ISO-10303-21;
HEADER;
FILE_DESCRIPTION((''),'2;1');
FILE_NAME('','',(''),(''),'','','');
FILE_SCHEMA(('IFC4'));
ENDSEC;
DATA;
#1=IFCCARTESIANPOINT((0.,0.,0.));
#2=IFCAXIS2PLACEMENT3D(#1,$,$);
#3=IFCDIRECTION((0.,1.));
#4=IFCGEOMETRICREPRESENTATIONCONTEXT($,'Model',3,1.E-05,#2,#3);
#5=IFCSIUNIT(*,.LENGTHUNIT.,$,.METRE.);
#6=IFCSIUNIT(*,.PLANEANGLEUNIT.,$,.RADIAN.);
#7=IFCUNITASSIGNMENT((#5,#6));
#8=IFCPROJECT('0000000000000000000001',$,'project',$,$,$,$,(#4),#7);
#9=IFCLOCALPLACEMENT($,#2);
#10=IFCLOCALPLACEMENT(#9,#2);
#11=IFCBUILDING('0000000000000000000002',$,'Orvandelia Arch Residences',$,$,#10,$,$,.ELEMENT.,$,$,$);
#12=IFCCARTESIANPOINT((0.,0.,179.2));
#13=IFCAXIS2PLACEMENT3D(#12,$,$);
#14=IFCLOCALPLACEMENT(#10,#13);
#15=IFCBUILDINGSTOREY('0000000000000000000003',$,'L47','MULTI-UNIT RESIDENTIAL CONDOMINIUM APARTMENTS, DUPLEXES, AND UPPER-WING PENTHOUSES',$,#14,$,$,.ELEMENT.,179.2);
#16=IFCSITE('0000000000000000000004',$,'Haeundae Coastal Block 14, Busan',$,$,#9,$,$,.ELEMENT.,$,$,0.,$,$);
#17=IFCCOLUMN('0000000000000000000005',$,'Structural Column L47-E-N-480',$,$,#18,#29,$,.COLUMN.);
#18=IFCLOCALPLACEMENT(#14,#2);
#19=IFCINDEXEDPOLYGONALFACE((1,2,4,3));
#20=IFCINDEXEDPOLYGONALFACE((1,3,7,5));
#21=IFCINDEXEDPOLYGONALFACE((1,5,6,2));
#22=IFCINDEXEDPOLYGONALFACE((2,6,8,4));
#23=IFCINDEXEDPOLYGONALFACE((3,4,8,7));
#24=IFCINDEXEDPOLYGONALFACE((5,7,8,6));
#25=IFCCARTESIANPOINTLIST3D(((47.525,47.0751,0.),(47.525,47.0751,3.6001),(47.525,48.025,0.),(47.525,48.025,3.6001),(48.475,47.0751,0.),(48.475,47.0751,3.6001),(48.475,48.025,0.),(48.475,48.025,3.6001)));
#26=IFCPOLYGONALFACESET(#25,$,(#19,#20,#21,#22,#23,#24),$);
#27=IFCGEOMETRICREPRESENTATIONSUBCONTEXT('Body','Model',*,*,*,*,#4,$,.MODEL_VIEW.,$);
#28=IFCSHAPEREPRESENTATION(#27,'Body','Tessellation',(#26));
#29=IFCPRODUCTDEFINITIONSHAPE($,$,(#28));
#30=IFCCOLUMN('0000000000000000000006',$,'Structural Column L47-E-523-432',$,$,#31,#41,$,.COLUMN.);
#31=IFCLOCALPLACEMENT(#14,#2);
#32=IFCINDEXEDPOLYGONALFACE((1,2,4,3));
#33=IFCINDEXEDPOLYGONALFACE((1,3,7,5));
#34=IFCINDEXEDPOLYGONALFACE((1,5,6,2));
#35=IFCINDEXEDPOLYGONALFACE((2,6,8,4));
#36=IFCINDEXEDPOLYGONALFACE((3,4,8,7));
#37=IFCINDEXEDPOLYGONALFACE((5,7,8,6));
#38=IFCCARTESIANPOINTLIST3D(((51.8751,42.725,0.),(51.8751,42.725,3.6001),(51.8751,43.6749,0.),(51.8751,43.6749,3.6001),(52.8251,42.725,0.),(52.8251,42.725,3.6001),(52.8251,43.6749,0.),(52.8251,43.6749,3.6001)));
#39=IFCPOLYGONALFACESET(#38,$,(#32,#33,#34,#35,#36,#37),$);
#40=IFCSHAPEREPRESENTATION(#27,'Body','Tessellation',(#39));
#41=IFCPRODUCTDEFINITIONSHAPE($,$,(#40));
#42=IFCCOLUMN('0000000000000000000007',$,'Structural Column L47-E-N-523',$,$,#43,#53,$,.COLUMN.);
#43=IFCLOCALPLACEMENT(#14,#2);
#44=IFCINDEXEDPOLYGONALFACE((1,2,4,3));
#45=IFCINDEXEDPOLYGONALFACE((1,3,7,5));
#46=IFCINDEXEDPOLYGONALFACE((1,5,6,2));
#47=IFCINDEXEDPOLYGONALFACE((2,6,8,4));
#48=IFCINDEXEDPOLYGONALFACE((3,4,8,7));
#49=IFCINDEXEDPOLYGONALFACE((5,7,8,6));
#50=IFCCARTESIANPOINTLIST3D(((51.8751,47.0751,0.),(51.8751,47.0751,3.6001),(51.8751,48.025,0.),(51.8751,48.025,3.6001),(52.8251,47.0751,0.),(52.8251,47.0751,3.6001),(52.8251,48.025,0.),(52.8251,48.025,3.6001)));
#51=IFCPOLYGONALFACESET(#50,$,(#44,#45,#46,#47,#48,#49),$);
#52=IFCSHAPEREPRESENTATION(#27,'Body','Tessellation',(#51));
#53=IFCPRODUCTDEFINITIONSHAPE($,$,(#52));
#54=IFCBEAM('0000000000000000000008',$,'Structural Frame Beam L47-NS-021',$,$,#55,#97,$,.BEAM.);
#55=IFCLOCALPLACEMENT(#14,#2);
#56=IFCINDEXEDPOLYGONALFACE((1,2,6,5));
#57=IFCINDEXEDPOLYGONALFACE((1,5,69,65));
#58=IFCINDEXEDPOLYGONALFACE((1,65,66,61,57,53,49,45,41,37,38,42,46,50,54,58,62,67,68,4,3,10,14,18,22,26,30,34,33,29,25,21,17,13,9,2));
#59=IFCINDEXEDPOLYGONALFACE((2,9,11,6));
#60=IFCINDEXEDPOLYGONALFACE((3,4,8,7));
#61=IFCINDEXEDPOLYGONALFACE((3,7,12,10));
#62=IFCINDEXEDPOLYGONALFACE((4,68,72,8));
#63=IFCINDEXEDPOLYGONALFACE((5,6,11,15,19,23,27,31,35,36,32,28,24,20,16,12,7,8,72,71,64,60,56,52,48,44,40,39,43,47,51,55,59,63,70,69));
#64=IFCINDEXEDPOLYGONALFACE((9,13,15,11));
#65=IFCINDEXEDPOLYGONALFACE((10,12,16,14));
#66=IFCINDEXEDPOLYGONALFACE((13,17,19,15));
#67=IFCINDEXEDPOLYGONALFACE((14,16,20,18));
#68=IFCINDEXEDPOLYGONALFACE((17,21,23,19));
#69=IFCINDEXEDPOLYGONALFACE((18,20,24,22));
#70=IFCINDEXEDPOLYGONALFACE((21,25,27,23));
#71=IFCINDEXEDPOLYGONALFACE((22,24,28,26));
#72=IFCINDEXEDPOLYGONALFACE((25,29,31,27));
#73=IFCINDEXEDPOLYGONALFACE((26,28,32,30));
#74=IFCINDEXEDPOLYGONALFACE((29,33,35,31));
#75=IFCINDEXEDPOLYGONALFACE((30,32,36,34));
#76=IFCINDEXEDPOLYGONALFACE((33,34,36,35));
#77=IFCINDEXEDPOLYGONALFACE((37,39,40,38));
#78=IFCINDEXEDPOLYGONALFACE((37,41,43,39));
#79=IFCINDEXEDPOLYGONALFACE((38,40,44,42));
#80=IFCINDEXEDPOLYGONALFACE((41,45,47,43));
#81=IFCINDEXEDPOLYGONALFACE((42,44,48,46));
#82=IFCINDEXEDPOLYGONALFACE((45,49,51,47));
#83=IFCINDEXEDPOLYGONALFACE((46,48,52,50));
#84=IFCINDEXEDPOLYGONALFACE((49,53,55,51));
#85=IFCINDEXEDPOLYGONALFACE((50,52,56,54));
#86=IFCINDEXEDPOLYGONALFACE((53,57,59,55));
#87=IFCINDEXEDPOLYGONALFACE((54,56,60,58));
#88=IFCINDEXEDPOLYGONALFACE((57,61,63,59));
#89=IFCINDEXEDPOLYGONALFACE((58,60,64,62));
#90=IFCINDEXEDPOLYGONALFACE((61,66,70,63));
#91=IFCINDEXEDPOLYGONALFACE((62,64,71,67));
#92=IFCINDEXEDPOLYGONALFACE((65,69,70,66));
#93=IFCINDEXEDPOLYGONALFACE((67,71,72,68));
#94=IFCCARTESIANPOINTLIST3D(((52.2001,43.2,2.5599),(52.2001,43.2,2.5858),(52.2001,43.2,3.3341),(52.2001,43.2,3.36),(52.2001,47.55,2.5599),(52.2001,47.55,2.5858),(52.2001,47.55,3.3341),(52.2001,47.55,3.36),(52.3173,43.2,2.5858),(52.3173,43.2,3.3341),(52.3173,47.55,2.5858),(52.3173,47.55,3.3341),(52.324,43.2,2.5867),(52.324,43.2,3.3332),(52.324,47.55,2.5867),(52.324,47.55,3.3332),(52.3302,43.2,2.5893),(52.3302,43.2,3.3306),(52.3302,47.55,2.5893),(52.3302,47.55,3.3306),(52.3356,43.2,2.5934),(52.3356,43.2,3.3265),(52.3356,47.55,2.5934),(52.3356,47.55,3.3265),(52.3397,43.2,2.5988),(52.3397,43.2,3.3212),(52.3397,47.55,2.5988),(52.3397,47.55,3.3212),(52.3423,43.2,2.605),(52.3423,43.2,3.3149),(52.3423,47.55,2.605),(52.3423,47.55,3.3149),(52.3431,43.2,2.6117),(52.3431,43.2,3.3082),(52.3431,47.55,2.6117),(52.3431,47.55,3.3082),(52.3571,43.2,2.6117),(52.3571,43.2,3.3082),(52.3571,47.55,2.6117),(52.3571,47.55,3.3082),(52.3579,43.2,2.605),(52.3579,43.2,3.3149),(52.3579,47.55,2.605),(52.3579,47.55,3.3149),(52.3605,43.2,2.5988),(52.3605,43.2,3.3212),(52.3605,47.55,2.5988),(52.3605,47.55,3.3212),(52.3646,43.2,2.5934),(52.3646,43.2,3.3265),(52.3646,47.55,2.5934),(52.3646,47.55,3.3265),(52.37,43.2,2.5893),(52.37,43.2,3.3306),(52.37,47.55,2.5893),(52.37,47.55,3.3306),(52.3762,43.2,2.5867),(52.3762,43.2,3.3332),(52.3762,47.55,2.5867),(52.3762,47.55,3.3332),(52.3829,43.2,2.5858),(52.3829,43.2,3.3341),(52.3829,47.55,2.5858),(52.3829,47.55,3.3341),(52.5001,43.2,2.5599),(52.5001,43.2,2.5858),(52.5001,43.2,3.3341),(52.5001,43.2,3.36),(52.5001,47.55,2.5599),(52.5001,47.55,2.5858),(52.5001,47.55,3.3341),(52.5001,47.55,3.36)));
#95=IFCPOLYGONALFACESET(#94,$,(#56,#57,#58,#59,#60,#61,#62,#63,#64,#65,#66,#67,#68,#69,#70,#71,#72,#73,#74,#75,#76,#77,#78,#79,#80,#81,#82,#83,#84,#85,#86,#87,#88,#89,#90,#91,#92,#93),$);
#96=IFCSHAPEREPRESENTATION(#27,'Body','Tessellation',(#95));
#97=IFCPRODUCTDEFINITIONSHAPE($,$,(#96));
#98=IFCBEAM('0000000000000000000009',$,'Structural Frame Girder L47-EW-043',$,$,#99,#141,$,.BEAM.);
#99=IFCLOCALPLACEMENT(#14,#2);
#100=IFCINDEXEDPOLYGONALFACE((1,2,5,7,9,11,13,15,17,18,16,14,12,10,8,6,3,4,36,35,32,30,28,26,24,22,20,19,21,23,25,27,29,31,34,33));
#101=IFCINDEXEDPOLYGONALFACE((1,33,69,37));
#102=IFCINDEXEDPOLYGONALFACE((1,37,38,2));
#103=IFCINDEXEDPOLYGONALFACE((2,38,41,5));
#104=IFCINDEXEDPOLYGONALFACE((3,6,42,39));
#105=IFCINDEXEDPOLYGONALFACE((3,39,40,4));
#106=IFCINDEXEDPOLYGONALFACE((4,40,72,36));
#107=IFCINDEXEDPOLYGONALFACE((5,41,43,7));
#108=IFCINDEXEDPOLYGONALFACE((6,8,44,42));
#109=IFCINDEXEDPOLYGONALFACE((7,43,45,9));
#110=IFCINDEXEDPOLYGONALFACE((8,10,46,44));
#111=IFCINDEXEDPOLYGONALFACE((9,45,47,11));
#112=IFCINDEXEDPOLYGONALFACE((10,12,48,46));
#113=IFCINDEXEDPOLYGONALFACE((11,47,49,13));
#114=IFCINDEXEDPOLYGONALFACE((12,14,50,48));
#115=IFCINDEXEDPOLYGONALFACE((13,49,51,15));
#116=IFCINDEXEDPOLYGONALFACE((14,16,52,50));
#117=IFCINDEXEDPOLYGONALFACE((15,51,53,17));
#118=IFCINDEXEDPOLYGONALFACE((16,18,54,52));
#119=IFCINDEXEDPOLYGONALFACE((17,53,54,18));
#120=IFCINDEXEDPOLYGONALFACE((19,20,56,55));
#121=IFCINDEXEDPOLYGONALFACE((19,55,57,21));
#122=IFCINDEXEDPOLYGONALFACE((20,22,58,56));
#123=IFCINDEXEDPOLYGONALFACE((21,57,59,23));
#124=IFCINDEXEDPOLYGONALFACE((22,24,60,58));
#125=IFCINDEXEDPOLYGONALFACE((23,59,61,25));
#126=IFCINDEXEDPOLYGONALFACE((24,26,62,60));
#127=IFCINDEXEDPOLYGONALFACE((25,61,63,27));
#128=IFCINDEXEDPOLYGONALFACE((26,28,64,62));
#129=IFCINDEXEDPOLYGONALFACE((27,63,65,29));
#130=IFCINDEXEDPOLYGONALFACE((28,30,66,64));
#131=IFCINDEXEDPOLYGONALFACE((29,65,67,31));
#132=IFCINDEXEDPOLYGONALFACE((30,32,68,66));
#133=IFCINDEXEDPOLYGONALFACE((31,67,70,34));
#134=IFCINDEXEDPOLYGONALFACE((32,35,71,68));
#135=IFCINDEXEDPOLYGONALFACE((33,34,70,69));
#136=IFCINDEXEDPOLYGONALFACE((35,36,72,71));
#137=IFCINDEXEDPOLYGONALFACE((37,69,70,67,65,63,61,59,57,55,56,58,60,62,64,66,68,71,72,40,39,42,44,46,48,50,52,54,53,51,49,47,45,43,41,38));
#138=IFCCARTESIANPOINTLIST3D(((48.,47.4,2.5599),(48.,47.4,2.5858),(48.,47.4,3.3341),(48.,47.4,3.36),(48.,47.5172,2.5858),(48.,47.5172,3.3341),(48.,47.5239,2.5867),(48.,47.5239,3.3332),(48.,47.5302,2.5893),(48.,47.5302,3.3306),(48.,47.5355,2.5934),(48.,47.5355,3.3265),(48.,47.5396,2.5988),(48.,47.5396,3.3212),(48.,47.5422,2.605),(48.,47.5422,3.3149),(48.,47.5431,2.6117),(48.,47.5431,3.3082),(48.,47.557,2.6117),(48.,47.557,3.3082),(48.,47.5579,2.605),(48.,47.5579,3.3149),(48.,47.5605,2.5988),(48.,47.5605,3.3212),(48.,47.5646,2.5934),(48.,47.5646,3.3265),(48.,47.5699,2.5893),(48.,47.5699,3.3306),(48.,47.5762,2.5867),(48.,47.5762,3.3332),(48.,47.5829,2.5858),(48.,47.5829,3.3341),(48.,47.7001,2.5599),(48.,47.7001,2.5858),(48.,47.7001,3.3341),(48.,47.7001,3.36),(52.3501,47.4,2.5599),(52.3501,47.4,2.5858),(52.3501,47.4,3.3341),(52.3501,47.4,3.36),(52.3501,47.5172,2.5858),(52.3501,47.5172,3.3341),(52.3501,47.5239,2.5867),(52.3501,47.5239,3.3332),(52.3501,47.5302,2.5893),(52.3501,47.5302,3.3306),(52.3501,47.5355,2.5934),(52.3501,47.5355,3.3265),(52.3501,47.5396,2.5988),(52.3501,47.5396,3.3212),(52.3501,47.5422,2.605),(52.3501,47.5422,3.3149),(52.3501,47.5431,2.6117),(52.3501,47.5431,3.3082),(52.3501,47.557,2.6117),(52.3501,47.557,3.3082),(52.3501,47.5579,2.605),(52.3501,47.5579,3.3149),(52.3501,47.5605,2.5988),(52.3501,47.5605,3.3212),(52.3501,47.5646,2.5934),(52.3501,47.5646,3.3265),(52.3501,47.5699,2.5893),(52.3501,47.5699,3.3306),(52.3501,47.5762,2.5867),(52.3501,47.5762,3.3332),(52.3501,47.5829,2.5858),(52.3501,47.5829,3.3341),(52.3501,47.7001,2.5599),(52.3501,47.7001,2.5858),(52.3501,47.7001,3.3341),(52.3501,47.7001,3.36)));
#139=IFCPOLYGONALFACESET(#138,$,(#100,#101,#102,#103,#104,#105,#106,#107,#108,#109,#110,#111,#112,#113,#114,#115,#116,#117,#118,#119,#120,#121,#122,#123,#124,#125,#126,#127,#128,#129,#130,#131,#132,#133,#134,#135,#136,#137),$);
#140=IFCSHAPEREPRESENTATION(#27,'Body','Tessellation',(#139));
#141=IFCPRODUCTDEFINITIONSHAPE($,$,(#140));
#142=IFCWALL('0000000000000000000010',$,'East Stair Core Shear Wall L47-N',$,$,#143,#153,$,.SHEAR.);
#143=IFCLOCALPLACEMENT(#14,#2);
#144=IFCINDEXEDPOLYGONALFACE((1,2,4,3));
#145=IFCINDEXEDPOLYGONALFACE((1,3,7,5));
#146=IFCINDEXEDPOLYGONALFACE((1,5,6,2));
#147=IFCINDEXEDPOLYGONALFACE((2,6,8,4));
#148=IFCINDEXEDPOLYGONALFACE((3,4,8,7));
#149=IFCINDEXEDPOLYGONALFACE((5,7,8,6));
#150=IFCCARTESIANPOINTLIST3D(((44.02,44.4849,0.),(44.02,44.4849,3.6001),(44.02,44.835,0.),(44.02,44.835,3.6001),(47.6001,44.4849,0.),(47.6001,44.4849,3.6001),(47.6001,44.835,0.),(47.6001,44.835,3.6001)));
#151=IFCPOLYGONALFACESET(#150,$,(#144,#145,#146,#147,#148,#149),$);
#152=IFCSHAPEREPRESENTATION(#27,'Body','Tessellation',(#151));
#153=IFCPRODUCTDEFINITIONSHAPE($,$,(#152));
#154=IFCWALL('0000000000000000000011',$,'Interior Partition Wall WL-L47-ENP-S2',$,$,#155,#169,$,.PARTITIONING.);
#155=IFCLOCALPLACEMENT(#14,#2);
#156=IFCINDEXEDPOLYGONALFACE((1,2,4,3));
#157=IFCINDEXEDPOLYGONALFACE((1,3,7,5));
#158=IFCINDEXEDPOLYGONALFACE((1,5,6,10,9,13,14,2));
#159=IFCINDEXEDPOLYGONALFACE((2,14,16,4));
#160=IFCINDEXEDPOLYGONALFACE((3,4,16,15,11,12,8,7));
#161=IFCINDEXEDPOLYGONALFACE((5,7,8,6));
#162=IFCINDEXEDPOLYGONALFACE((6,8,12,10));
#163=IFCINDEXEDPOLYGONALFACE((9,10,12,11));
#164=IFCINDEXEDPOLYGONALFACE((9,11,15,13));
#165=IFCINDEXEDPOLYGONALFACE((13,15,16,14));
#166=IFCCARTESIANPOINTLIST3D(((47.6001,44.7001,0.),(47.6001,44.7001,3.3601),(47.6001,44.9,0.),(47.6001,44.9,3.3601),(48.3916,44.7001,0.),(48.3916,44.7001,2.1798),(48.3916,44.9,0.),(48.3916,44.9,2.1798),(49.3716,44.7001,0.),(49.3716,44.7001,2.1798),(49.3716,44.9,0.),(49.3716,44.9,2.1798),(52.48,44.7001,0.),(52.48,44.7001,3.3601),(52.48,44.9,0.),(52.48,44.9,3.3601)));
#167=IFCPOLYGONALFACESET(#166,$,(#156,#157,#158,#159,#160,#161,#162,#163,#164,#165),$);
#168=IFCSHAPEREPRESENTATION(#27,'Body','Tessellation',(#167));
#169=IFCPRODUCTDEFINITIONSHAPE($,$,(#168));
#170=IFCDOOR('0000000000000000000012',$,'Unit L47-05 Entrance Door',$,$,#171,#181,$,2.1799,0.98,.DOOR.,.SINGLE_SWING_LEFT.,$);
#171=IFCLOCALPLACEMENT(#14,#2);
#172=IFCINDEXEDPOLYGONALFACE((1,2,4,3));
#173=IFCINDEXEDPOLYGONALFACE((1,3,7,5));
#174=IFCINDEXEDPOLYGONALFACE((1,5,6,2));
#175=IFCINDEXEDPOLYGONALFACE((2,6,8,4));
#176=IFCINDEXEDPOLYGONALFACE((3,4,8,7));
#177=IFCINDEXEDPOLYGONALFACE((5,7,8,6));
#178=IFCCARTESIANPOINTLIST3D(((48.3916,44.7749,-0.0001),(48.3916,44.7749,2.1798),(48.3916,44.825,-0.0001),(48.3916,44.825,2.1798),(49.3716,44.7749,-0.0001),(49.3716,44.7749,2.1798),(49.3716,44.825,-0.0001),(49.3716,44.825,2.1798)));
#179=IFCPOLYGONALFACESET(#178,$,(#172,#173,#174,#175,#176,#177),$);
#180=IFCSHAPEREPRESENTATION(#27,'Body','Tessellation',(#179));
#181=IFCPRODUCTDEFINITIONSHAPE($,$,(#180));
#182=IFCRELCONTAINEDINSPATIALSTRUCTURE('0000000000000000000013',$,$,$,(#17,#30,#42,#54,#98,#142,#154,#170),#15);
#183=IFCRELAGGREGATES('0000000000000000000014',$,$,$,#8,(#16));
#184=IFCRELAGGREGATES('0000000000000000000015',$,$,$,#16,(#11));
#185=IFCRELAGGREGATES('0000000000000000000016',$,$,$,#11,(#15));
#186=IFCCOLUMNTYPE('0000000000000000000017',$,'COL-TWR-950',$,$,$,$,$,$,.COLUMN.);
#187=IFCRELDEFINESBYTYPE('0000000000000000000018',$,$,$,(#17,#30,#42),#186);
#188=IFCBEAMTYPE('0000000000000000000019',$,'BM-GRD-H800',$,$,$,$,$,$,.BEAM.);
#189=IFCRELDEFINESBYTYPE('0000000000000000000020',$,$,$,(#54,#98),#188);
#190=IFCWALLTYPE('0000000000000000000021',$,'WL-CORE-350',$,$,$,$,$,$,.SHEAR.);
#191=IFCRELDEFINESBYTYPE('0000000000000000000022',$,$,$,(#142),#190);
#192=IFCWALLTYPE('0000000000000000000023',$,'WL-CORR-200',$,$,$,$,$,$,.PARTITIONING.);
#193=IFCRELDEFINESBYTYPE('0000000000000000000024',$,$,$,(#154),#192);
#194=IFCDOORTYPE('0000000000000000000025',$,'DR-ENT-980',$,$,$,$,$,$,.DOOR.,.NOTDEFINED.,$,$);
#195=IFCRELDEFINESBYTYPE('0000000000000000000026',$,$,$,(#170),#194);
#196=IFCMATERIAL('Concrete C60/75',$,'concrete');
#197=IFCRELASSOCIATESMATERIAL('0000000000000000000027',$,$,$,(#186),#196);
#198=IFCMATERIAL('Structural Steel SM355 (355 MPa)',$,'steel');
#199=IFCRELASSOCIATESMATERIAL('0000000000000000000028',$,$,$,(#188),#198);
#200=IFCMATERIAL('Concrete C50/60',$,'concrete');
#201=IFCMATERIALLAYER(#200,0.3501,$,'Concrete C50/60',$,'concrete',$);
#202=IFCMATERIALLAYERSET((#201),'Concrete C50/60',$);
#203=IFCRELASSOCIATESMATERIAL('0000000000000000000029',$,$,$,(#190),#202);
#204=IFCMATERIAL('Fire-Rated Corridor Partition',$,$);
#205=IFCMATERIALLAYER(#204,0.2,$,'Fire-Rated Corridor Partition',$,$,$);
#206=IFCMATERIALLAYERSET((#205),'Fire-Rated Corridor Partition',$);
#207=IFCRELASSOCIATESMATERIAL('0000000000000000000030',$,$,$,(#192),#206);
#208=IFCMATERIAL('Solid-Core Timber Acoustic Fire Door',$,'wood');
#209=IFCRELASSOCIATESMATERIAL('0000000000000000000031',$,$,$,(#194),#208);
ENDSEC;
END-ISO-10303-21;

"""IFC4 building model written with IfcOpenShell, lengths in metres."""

from ifc_helpers import new_model, si_unit, direction, frame, frame_2d, origin, origin_2d, place, context, subcontext, project, spatial, rectangle, i_section, extrude, material, layer, layer_set, material_profile, profile_set, type_object, element, fill, save


model = new_model("IFC4")

# Units and contexts
model_context = context("Model", 3, precision=1e-05, world=origin(), true_north=direction((0.0, 1.0)))
body_context = subcontext(model_context, "Body", "Model", "MODEL_VIEW")
ifc_project = project(units=[si_unit("LENGTHUNIT", "METRE"), si_unit("PLANEANGLEUNIT", "RADIAN")], contexts=[model_context])

# Site, building, storey
site_placement = place(None, origin())
site = spatial("IfcSite", under=ifc_project, at=site_placement, Name="Haeundae Coastal Block 14, Busan", CompositionType="ELEMENT", RefElevation=0.0)
building_placement = place(site_placement, origin())
building = spatial("IfcBuilding", under=site, at=building_placement, Name="Orvandelia Arch Residences", CompositionType="ELEMENT")
storey_placement = place(building_placement, frame((0.0, 0.0, 179.2)))
storey = spatial("IfcBuildingStorey", under=building, at=storey_placement, Name="L47", Description="MULTI-UNIT RESIDENTIAL CONDOMINIUM APARTMENTS, DUPLEXES, AND UPPER-WING PENTHOUSES", CompositionType="ELEMENT", Elevation=179.2)

# Columns
ifc_material_1 = material(Name="Concrete C60/75", Category="concrete")
ifc_material_profile_1 = material_profile(ifc_material_1, rectangle(XDim=0.95, YDim=0.95, at=origin_2d()), Name="Concrete C60/75", Category="concrete")
ifc_profile_set_1 = profile_set([ifc_material_profile_1], Name="Concrete C60/75")
column_type = type_object("IfcColumnType", Name="COL-TWR-950", PredefinedType="COLUMN", material=ifc_profile_set_1)
for number, where, z_axis, x_axis, name in (
    (1, (48.0, 47.55, 0.0), (0.0, 0.0, 1.0), (1.0, 0.0, 0.0), "Structural Column L47-E-N-480"),
    (2, (52.3501, 43.2, 0.0), (0.0, 0.0, 1.0), (1.0, 0.0, 0.0), "Structural Column L47-E-523-432"),
    (3, (52.3501, 47.55, 0.0), (0.0, 0.0, 1.0), (1.0, 0.0, 0.0), "Structural Column L47-E-N-523"),
):
    element("IfcColumn", number, at=place(storey_placement, frame(where, z_axis=z_axis, x_axis=x_axis)), inside=storey, type_object=column_type, Name=name, PredefinedType="COLUMN", context=body_context, shape_type="SweptSolid", body=[
        extrude(rectangle(XDim=0.95, YDim=0.95, at=origin_2d()), origin(), (0.0, 0.0, 1.0), 3.6001),
    ])

# Beams
ifc_material_2 = material(Name="Structural Steel SM355 (355 MPa)", Category="steel")
ifc_material_profile_2 = material_profile(ifc_material_2, i_section(OverallWidth=0.3, OverallDepth=0.8, WebThickness=0.0139, FlangeThickness=0.0259, FilletRadius=0.0259, at=origin_2d()), Name="Structural Steel SM355 (355 MPa)", Category="steel")
ifc_profile_set_2 = profile_set([ifc_material_profile_2], Name="Structural Steel SM355 (355 MPa)")
beam_type = type_object("IfcBeamType", Name="BM-GRD-H800", PredefinedType="BEAM", material=ifc_profile_set_2)
for number, where, z_axis, x_axis, name in (
    (4, (52.3501, 43.2, 2.96), (0.0, 1.0, 0.0), (-1.0, 0.0, 0.0), "Structural Frame Beam L47-NS-021"),
    (5, (48.0, 47.55, 2.96), (1.0, 0.0, 0.0), (0.0, 1.0, 0.0), "Structural Frame Girder L47-EW-043"),
):
    element("IfcBeam", number, at=place(storey_placement, frame(where, z_axis=z_axis, x_axis=x_axis)), inside=storey, type_object=beam_type, Name=name, PredefinedType="BEAM", context=body_context, shape_type="SweptSolid", body=[
        extrude(i_section(OverallWidth=0.3, OverallDepth=0.8, WebThickness=0.0139, FlangeThickness=0.0259, FilletRadius=0.0259, at=origin_2d()), origin(), (0.0, 0.0, 1.0), 4.3501),
    ])

# Wall
ifc_material_3 = material(Name="Concrete C50/60", Category="concrete")
ifc_layer_1 = layer(ifc_material_3, 0.3501, Name="Concrete C50/60", Category="concrete")
ifc_layer_set_1 = layer_set([ifc_layer_1], Name="Concrete C50/60")
wall_type_1 = type_object("IfcWallType", Name="WL-CORE-350", PredefinedType="SHEAR", material=ifc_layer_set_1)
wall_1_placement = place(storey_placement, frame((44.02, 44.6599, 0.0), z_axis=(0.0, 0.0, 1.0), x_axis=(1.0, 0.0, 0.0)))
element("IfcWall", 6, at=wall_1_placement, inside=storey, type_object=wall_type_1, Name="East Stair Core Shear Wall L47-N", PredefinedType="SHEAR", context=body_context, shape_type="SweptSolid", body=[
    extrude(rectangle(XDim=3.5801, YDim=0.3501, at=frame_2d((1.79, 0.0))), origin(), (0.0, 0.0, 1.0), 3.6001),
])

# Wall, opening, door
ifc_material_4 = material(Name="Fire-Rated Corridor Partition")
ifc_layer_2 = layer(ifc_material_4, 0.2, Name="Fire-Rated Corridor Partition")
ifc_layer_set_2 = layer_set([ifc_layer_2], Name="Fire-Rated Corridor Partition")
wall_type_2 = type_object("IfcWallType", Name="WL-CORR-200", PredefinedType="PARTITIONING", material=ifc_layer_set_2)
wall_2_placement = place(storey_placement, frame((47.6001, 44.8, 0.0), z_axis=(0.0, 0.0, 1.0), x_axis=(1.0, 0.0, 0.0)))
wall_2 = element("IfcWall", 7, at=wall_2_placement, inside=storey, type_object=wall_type_2, Name="Interior Partition Wall WL-L47-ENP-S2", PredefinedType="PARTITIONING", context=body_context, shape_type="SweptSolid", body=[
    extrude(rectangle(XDim=4.8799, YDim=0.2, at=frame_2d((2.4399, 0.0))), origin(), (0.0, 0.0, 1.0), 3.3601),
])
opening_1_placement = place(wall_2_placement, frame((0.7915, 0.0, 0.0)))
opening_1 = element("IfcOpeningElement", 8, at=opening_1_placement, cuts=wall_2, PredefinedType="OPENING", context=body_context, shape_type="SweptSolid", body=[
    extrude(rectangle(XDim=0.98, YDim=2.1799, at=frame_2d((0.49, 1.0898))), frame((0.0, 0.1099, 0.0), z_axis=(0.0, -1.0, 0.0), x_axis=(1.0, 0.0, 0.0)), (0.0, 0.0, 1.0), 0.22),
])
ifc_material_5 = material(Name="Solid-Core Timber Acoustic Fire Door", Category="wood")
door_type_1 = type_object("IfcDoorType", Name="DR-ENT-980", OperationType="NOTDEFINED", PredefinedType="DOOR", material=ifc_material_5)
door_1_placement = place(opening_1_placement, origin())
door_1 = element("IfcDoor", 9, at=door_1_placement, inside=storey, type_object=door_type_1, Name="Unit L47-05 Entrance Door", OperationType="SINGLE_SWING_LEFT", OverallHeight=2.1799, OverallWidth=0.98, PredefinedType="DOOR", context=body_context, shape_type="SweptSolid", body=[
    extrude(rectangle(XDim=0.98, YDim=2.1799, at=frame_2d((0.49, 1.0898))), frame((0.0, 0.0249, 0.0), z_axis=(0.0, -1.0, 0.0), x_axis=(1.0, 0.0, 0.0)), (0.0, 0.0, 1.0), 0.05),
])
fill(opening_1, door_1)

save(model, "model.ifc")
